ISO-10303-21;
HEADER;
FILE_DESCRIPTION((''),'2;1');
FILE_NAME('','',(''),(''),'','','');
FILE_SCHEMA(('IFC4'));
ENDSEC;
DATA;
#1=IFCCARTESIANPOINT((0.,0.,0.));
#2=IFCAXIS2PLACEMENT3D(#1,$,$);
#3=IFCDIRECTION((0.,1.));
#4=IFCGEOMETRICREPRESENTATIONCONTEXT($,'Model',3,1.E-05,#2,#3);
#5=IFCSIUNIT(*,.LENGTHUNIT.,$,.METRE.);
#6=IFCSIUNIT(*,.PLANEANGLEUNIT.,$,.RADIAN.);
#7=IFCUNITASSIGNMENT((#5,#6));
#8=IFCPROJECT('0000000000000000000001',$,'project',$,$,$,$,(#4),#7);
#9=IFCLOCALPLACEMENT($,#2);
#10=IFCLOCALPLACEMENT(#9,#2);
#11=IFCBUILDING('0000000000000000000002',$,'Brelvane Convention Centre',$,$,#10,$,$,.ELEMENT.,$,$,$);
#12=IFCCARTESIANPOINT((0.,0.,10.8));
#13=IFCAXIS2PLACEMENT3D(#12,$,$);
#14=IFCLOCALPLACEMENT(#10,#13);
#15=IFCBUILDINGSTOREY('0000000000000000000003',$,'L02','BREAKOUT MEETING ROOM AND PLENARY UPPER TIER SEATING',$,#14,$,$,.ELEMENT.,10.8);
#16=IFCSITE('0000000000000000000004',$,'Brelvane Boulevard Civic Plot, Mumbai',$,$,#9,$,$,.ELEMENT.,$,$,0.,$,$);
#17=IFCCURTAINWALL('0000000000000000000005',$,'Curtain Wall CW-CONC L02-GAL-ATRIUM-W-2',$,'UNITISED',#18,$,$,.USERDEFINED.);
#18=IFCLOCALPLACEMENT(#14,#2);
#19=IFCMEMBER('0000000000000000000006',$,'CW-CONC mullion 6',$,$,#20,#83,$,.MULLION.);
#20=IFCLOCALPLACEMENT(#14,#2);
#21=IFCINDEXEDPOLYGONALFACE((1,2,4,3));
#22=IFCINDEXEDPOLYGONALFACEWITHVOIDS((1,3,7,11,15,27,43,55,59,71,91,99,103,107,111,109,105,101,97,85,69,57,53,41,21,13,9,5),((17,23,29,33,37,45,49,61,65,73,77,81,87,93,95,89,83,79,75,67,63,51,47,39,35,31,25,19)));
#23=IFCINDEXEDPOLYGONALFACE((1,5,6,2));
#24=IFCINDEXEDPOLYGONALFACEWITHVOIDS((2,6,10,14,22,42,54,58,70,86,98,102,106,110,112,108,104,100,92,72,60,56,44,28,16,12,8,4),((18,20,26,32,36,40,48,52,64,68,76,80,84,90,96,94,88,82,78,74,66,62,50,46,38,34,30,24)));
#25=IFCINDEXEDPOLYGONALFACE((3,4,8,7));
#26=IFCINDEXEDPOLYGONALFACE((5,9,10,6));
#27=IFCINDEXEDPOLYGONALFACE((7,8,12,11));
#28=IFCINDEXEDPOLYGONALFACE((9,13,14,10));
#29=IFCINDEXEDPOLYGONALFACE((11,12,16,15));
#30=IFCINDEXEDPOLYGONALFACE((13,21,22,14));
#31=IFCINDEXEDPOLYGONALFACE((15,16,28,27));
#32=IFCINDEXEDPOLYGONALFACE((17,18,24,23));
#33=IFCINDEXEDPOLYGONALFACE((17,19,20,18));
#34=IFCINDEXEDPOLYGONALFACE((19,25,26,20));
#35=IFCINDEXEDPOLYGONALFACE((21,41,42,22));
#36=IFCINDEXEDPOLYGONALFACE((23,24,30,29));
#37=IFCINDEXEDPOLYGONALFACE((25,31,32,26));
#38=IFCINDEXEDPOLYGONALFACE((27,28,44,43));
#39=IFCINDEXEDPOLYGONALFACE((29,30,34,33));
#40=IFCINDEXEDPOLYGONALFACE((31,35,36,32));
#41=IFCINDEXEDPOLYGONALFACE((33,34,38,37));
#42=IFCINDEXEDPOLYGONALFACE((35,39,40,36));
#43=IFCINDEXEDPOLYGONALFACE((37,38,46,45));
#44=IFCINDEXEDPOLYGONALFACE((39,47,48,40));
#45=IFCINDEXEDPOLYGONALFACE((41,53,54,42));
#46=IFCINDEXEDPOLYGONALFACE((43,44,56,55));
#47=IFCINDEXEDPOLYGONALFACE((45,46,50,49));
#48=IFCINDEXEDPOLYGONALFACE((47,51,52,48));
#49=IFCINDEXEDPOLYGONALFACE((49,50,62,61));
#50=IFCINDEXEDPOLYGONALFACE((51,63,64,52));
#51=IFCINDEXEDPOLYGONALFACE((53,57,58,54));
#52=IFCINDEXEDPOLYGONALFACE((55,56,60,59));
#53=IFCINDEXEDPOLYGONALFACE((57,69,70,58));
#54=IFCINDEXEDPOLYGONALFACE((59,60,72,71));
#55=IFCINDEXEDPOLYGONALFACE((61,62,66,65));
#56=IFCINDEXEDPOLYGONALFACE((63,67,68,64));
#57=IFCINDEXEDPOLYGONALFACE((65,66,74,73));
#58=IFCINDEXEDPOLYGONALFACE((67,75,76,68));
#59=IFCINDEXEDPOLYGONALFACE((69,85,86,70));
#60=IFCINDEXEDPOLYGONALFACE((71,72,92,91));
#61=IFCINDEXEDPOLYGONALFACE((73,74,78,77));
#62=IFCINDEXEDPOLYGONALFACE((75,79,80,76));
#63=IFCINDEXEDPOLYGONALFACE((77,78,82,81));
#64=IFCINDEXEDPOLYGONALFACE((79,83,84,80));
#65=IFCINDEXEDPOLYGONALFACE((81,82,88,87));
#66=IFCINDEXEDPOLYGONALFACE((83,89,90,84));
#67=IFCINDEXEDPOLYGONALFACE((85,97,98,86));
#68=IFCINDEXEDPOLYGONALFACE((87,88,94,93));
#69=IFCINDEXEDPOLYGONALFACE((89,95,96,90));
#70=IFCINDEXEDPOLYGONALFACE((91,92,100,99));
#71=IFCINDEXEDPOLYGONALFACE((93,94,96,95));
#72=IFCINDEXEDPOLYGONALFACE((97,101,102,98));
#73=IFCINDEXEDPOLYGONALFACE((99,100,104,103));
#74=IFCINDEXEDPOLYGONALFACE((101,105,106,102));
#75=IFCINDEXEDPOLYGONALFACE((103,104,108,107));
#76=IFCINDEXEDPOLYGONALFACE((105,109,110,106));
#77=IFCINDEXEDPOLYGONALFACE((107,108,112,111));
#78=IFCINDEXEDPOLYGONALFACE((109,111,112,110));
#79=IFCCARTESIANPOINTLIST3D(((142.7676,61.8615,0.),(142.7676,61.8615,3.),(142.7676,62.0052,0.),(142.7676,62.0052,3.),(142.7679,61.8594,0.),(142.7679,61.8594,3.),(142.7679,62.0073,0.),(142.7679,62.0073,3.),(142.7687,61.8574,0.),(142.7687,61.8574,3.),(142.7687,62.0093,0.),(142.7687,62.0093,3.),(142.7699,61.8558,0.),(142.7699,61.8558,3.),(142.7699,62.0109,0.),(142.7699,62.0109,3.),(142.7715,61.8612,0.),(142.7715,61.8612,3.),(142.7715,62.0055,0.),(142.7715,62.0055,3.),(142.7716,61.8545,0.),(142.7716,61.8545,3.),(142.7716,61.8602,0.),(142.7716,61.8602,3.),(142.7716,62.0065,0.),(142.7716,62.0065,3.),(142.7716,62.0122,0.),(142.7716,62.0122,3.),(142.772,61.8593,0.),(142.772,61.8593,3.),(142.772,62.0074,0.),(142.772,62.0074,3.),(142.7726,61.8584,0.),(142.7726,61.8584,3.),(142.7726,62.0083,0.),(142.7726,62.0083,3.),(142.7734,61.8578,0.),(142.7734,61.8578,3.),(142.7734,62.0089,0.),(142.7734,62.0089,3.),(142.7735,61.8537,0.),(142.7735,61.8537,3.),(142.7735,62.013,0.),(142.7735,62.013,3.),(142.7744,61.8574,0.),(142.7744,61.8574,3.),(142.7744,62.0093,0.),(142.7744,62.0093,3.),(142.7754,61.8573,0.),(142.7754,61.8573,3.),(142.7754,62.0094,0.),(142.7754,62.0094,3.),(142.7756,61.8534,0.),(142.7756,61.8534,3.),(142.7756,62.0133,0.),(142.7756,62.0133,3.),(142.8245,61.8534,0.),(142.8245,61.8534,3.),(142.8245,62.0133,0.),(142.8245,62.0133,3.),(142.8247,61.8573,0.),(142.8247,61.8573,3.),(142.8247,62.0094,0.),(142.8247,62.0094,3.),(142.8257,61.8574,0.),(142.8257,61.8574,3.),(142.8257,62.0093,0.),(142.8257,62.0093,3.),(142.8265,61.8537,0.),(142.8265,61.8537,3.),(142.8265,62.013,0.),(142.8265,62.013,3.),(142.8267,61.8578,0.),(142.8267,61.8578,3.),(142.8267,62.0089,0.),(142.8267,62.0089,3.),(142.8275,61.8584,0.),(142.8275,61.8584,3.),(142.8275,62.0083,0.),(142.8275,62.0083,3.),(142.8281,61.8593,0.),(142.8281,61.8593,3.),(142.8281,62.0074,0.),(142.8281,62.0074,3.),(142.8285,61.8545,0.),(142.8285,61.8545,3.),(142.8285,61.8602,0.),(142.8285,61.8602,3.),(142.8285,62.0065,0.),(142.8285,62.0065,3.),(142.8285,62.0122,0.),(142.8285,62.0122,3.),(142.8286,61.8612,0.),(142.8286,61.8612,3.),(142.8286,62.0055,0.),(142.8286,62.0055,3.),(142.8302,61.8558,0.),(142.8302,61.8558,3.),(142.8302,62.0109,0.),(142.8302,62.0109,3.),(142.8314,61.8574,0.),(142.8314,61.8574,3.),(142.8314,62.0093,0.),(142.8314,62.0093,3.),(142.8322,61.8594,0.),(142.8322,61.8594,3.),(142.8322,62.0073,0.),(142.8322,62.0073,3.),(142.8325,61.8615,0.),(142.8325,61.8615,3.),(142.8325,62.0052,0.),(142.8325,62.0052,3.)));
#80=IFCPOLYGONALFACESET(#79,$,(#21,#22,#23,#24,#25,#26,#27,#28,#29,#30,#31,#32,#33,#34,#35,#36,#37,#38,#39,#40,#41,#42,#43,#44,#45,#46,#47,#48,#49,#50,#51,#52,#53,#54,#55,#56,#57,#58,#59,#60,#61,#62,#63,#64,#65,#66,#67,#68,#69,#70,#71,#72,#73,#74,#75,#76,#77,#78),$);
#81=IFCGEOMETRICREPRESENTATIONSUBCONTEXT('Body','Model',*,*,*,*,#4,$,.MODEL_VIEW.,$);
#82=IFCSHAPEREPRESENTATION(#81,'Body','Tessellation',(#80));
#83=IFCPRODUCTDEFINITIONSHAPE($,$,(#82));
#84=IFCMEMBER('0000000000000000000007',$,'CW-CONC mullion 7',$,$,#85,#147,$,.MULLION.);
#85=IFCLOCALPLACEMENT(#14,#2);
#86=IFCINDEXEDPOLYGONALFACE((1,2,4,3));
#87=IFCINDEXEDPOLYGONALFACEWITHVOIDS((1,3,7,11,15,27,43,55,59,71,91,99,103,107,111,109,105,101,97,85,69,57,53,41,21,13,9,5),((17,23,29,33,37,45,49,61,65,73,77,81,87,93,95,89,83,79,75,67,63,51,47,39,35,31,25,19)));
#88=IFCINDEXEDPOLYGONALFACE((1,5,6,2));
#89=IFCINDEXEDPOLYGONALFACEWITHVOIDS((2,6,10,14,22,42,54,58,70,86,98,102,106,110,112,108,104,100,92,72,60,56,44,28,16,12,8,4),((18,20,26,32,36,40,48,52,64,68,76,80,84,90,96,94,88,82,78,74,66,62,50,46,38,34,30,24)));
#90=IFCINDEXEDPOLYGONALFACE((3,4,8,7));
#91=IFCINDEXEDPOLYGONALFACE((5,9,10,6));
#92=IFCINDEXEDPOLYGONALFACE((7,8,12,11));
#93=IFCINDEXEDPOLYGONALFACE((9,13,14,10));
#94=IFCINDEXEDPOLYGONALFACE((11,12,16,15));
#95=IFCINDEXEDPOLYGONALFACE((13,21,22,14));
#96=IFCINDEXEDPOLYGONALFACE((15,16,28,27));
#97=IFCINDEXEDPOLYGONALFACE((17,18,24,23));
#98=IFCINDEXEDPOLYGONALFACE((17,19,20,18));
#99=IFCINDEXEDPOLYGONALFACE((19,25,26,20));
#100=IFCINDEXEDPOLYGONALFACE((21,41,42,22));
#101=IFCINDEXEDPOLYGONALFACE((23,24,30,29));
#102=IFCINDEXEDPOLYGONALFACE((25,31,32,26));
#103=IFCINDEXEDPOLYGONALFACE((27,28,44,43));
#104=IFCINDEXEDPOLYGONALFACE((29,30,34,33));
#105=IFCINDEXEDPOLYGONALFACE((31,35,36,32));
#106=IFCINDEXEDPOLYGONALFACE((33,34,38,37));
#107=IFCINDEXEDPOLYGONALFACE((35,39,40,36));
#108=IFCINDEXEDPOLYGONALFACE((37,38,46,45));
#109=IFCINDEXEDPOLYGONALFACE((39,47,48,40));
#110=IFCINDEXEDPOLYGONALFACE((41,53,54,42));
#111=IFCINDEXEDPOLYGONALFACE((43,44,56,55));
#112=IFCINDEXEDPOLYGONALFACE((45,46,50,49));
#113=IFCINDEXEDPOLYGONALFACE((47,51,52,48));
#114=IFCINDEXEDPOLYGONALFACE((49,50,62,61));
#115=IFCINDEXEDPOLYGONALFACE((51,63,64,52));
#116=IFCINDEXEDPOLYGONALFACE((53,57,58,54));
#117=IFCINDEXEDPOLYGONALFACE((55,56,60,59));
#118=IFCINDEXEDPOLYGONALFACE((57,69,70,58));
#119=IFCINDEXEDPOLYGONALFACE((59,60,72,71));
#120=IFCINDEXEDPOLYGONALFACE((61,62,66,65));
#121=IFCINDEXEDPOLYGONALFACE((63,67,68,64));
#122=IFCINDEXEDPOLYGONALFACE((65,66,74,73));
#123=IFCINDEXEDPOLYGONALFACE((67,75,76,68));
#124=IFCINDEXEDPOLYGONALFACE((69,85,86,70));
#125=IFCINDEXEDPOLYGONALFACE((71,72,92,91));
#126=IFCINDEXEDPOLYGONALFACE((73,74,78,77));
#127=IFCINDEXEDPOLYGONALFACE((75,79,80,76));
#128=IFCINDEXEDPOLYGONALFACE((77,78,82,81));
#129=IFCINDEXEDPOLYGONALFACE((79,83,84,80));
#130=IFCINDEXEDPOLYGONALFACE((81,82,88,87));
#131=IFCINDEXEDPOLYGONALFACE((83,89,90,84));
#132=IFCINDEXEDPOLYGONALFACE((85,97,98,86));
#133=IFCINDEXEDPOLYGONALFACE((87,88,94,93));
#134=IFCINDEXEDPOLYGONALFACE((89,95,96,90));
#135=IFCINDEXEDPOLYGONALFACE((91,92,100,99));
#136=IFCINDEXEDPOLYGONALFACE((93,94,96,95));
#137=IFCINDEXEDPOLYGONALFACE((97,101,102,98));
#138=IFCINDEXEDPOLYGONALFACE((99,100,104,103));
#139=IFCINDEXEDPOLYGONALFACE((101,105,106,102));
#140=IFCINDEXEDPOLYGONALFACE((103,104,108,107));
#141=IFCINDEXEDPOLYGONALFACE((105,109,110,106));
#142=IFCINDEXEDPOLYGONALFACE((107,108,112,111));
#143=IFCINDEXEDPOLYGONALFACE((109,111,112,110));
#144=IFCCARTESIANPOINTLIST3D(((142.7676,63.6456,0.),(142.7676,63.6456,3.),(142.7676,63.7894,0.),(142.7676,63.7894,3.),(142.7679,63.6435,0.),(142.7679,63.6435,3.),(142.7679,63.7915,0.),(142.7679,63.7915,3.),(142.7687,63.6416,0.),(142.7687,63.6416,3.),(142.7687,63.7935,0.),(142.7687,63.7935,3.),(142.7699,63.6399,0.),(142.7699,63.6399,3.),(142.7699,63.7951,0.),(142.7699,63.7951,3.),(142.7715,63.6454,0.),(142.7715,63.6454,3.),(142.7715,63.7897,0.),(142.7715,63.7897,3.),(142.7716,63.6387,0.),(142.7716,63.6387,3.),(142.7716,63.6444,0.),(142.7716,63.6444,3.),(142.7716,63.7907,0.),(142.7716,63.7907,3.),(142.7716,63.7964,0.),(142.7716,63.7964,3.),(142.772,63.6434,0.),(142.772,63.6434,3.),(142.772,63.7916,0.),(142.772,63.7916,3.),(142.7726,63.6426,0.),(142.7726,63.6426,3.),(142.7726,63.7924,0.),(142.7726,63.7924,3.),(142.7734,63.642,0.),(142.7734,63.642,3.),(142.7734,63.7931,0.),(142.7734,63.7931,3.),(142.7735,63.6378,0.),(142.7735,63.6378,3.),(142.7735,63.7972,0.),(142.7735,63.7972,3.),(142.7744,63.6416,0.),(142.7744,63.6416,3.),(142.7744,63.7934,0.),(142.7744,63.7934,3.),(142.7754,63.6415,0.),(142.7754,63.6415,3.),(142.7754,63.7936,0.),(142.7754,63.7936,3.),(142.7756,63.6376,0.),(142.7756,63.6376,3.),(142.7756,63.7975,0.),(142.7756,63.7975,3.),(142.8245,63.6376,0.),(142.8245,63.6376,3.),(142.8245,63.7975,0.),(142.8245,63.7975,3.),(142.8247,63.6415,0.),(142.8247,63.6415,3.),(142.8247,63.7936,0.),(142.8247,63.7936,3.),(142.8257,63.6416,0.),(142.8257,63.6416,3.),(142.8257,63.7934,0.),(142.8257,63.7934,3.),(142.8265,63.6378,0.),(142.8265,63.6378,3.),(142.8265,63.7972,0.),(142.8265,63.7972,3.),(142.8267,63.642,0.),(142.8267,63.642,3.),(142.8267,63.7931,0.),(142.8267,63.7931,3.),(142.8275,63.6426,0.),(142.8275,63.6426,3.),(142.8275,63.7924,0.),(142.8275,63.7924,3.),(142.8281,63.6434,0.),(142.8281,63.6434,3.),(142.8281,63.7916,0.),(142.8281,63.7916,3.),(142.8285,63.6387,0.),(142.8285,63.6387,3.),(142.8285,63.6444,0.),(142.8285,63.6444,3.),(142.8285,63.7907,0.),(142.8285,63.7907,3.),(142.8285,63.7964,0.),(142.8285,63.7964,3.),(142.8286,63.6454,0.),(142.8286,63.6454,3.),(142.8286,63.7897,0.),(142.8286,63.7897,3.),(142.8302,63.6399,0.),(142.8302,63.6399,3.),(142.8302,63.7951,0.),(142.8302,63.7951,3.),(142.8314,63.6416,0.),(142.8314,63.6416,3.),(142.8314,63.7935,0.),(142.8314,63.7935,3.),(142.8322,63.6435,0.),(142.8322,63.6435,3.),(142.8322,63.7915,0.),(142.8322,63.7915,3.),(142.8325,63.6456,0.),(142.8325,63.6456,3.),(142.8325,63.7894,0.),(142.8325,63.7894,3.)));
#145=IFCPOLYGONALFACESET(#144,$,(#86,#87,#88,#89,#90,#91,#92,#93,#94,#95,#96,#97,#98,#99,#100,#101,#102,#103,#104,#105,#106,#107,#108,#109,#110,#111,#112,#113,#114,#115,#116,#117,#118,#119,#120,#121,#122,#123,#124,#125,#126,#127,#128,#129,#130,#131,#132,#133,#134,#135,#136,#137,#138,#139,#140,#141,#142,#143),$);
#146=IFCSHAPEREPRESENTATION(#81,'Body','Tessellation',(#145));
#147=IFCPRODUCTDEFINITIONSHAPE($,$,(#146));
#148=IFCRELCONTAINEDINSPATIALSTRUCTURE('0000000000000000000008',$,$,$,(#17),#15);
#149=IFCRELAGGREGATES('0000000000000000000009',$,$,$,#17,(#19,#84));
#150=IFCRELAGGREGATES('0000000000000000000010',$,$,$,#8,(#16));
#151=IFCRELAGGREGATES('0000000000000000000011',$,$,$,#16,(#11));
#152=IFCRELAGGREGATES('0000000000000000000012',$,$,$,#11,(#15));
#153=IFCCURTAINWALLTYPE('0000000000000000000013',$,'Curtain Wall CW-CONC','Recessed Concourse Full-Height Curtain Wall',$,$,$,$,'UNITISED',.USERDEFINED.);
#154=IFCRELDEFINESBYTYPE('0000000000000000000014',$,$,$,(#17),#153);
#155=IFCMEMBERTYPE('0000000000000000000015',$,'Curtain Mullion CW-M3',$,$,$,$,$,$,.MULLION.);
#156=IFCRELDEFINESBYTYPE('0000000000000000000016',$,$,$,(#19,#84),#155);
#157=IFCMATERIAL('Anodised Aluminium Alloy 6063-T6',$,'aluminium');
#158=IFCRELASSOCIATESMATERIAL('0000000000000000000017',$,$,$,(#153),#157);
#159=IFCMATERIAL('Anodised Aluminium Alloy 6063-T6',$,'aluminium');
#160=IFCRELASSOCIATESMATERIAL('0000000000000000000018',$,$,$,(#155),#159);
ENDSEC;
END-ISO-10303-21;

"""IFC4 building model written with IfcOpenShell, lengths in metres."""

from ifc_helpers import new_model, si_unit, direction, frame, origin, origin_2d, place, context, subcontext, project, spatial, hollow_rectangle, extrude, material, material_profile, profile_set, type_object, element, aggregate, save


model = new_model("IFC4")

# Units and contexts
model_context = context("Model", 3, precision=1e-05, world=origin(), true_north=direction((0.0, 1.0)))
body_context = subcontext(model_context, "Body", "Model", "MODEL_VIEW")
ifc_project = project(units=[si_unit("LENGTHUNIT", "METRE"), si_unit("PLANEANGLEUNIT", "RADIAN")], contexts=[model_context])

# Site, building, storey
site_placement = place(None, origin())
site = spatial("IfcSite", under=ifc_project, at=site_placement, Name="Brelvane Boulevard Civic Plot, Mumbai", CompositionType="ELEMENT", RefElevation=0.0)
building_placement = place(site_placement, origin())
building = spatial("IfcBuilding", under=site, at=building_placement, Name="Brelvane Convention Centre", CompositionType="ELEMENT")
storey_placement = place(building_placement, frame((0.0, 0.0, 10.8)))
storey = spatial("IfcBuildingStorey", under=building, at=storey_placement, Name="L02", Description="BREAKOUT MEETING ROOM AND PLENARY UPPER TIER SEATING", CompositionType="ELEMENT", Elevation=10.8)

# Curtain wall, members
ifc_material_1 = material(Name="Anodised Aluminium Alloy 6063-T6", Category="aluminium")
curtain_wall_type = type_object("IfcCurtainWallType", Name="Curtain Wall CW-CONC", Description="Recessed Concourse Full-Height Curtain Wall", ElementType="UNITISED", PredefinedType="USERDEFINED", material=ifc_material_1)
curtain_wall_placement = place(storey_placement, origin())
curtain_wall = element("IfcCurtainWall", 1, at=curtain_wall_placement, inside=storey, type_object=curtain_wall_type, Name="Curtain Wall CW-CONC L02-GAL-ATRIUM-W-2", ObjectType="UNITISED", PredefinedType="USERDEFINED")
ifc_material_2 = material(Name="Anodised Aluminium Alloy 6063-T6", Category="aluminium")
ifc_material_profile_1 = material_profile(ifc_material_2, hollow_rectangle(XDim=0.0649, YDim=0.1599, WallThickness=0.0039, InnerFilletRadius=0.0039, OuterFilletRadius=0.0081, at=origin_2d()), Name="ALU-M 160x65x4.0")
ifc_profile_set_1 = profile_set([ifc_material_profile_1], Name="Anodised Aluminium Alloy 6063-T6")
member_type_1 = type_object("IfcMemberType", Name="Curtain Mullion CW-M3", PredefinedType="MULLION", material=ifc_profile_set_1)
member_1_placement = place(storey_placement, frame((142.8, 61.9333, 0.0), z_axis=(0.0, 0.0, 1.0), x_axis=(-1.0, 0.0, 0.0)))
member_1 = element("IfcMember", 2, at=member_1_placement, type_object=member_type_1, Name="CW-CONC mullion 6", PredefinedType="MULLION", context=body_context, shape_type="SweptSolid", body=[
    extrude(hollow_rectangle(XDim=0.0649, YDim=0.1599, WallThickness=0.0039, InnerFilletRadius=0.0039, OuterFilletRadius=0.0081, at=origin_2d()), origin(), (0.0, 0.0, 1.0), 3.0),
])
member_2_placement = place(storey_placement, frame((142.8, 63.7175, 0.0), z_axis=(0.0, 0.0, 1.0), x_axis=(-1.0, 0.0, 0.0)))
member_2 = element("IfcMember", 3, at=member_2_placement, type_object=member_type_1, Name="CW-CONC mullion 7", PredefinedType="MULLION", context=body_context, shape_type="SweptSolid", body=[
    extrude(hollow_rectangle(XDim=0.0649, YDim=0.1599, WallThickness=0.0039, InnerFilletRadius=0.0039, OuterFilletRadius=0.0081, at=origin_2d()), origin(), (0.0, 0.0, 1.0), 3.0),
])

aggregate(curtain_wall, [member_1, member_2])

save(model, "model.ifc")
